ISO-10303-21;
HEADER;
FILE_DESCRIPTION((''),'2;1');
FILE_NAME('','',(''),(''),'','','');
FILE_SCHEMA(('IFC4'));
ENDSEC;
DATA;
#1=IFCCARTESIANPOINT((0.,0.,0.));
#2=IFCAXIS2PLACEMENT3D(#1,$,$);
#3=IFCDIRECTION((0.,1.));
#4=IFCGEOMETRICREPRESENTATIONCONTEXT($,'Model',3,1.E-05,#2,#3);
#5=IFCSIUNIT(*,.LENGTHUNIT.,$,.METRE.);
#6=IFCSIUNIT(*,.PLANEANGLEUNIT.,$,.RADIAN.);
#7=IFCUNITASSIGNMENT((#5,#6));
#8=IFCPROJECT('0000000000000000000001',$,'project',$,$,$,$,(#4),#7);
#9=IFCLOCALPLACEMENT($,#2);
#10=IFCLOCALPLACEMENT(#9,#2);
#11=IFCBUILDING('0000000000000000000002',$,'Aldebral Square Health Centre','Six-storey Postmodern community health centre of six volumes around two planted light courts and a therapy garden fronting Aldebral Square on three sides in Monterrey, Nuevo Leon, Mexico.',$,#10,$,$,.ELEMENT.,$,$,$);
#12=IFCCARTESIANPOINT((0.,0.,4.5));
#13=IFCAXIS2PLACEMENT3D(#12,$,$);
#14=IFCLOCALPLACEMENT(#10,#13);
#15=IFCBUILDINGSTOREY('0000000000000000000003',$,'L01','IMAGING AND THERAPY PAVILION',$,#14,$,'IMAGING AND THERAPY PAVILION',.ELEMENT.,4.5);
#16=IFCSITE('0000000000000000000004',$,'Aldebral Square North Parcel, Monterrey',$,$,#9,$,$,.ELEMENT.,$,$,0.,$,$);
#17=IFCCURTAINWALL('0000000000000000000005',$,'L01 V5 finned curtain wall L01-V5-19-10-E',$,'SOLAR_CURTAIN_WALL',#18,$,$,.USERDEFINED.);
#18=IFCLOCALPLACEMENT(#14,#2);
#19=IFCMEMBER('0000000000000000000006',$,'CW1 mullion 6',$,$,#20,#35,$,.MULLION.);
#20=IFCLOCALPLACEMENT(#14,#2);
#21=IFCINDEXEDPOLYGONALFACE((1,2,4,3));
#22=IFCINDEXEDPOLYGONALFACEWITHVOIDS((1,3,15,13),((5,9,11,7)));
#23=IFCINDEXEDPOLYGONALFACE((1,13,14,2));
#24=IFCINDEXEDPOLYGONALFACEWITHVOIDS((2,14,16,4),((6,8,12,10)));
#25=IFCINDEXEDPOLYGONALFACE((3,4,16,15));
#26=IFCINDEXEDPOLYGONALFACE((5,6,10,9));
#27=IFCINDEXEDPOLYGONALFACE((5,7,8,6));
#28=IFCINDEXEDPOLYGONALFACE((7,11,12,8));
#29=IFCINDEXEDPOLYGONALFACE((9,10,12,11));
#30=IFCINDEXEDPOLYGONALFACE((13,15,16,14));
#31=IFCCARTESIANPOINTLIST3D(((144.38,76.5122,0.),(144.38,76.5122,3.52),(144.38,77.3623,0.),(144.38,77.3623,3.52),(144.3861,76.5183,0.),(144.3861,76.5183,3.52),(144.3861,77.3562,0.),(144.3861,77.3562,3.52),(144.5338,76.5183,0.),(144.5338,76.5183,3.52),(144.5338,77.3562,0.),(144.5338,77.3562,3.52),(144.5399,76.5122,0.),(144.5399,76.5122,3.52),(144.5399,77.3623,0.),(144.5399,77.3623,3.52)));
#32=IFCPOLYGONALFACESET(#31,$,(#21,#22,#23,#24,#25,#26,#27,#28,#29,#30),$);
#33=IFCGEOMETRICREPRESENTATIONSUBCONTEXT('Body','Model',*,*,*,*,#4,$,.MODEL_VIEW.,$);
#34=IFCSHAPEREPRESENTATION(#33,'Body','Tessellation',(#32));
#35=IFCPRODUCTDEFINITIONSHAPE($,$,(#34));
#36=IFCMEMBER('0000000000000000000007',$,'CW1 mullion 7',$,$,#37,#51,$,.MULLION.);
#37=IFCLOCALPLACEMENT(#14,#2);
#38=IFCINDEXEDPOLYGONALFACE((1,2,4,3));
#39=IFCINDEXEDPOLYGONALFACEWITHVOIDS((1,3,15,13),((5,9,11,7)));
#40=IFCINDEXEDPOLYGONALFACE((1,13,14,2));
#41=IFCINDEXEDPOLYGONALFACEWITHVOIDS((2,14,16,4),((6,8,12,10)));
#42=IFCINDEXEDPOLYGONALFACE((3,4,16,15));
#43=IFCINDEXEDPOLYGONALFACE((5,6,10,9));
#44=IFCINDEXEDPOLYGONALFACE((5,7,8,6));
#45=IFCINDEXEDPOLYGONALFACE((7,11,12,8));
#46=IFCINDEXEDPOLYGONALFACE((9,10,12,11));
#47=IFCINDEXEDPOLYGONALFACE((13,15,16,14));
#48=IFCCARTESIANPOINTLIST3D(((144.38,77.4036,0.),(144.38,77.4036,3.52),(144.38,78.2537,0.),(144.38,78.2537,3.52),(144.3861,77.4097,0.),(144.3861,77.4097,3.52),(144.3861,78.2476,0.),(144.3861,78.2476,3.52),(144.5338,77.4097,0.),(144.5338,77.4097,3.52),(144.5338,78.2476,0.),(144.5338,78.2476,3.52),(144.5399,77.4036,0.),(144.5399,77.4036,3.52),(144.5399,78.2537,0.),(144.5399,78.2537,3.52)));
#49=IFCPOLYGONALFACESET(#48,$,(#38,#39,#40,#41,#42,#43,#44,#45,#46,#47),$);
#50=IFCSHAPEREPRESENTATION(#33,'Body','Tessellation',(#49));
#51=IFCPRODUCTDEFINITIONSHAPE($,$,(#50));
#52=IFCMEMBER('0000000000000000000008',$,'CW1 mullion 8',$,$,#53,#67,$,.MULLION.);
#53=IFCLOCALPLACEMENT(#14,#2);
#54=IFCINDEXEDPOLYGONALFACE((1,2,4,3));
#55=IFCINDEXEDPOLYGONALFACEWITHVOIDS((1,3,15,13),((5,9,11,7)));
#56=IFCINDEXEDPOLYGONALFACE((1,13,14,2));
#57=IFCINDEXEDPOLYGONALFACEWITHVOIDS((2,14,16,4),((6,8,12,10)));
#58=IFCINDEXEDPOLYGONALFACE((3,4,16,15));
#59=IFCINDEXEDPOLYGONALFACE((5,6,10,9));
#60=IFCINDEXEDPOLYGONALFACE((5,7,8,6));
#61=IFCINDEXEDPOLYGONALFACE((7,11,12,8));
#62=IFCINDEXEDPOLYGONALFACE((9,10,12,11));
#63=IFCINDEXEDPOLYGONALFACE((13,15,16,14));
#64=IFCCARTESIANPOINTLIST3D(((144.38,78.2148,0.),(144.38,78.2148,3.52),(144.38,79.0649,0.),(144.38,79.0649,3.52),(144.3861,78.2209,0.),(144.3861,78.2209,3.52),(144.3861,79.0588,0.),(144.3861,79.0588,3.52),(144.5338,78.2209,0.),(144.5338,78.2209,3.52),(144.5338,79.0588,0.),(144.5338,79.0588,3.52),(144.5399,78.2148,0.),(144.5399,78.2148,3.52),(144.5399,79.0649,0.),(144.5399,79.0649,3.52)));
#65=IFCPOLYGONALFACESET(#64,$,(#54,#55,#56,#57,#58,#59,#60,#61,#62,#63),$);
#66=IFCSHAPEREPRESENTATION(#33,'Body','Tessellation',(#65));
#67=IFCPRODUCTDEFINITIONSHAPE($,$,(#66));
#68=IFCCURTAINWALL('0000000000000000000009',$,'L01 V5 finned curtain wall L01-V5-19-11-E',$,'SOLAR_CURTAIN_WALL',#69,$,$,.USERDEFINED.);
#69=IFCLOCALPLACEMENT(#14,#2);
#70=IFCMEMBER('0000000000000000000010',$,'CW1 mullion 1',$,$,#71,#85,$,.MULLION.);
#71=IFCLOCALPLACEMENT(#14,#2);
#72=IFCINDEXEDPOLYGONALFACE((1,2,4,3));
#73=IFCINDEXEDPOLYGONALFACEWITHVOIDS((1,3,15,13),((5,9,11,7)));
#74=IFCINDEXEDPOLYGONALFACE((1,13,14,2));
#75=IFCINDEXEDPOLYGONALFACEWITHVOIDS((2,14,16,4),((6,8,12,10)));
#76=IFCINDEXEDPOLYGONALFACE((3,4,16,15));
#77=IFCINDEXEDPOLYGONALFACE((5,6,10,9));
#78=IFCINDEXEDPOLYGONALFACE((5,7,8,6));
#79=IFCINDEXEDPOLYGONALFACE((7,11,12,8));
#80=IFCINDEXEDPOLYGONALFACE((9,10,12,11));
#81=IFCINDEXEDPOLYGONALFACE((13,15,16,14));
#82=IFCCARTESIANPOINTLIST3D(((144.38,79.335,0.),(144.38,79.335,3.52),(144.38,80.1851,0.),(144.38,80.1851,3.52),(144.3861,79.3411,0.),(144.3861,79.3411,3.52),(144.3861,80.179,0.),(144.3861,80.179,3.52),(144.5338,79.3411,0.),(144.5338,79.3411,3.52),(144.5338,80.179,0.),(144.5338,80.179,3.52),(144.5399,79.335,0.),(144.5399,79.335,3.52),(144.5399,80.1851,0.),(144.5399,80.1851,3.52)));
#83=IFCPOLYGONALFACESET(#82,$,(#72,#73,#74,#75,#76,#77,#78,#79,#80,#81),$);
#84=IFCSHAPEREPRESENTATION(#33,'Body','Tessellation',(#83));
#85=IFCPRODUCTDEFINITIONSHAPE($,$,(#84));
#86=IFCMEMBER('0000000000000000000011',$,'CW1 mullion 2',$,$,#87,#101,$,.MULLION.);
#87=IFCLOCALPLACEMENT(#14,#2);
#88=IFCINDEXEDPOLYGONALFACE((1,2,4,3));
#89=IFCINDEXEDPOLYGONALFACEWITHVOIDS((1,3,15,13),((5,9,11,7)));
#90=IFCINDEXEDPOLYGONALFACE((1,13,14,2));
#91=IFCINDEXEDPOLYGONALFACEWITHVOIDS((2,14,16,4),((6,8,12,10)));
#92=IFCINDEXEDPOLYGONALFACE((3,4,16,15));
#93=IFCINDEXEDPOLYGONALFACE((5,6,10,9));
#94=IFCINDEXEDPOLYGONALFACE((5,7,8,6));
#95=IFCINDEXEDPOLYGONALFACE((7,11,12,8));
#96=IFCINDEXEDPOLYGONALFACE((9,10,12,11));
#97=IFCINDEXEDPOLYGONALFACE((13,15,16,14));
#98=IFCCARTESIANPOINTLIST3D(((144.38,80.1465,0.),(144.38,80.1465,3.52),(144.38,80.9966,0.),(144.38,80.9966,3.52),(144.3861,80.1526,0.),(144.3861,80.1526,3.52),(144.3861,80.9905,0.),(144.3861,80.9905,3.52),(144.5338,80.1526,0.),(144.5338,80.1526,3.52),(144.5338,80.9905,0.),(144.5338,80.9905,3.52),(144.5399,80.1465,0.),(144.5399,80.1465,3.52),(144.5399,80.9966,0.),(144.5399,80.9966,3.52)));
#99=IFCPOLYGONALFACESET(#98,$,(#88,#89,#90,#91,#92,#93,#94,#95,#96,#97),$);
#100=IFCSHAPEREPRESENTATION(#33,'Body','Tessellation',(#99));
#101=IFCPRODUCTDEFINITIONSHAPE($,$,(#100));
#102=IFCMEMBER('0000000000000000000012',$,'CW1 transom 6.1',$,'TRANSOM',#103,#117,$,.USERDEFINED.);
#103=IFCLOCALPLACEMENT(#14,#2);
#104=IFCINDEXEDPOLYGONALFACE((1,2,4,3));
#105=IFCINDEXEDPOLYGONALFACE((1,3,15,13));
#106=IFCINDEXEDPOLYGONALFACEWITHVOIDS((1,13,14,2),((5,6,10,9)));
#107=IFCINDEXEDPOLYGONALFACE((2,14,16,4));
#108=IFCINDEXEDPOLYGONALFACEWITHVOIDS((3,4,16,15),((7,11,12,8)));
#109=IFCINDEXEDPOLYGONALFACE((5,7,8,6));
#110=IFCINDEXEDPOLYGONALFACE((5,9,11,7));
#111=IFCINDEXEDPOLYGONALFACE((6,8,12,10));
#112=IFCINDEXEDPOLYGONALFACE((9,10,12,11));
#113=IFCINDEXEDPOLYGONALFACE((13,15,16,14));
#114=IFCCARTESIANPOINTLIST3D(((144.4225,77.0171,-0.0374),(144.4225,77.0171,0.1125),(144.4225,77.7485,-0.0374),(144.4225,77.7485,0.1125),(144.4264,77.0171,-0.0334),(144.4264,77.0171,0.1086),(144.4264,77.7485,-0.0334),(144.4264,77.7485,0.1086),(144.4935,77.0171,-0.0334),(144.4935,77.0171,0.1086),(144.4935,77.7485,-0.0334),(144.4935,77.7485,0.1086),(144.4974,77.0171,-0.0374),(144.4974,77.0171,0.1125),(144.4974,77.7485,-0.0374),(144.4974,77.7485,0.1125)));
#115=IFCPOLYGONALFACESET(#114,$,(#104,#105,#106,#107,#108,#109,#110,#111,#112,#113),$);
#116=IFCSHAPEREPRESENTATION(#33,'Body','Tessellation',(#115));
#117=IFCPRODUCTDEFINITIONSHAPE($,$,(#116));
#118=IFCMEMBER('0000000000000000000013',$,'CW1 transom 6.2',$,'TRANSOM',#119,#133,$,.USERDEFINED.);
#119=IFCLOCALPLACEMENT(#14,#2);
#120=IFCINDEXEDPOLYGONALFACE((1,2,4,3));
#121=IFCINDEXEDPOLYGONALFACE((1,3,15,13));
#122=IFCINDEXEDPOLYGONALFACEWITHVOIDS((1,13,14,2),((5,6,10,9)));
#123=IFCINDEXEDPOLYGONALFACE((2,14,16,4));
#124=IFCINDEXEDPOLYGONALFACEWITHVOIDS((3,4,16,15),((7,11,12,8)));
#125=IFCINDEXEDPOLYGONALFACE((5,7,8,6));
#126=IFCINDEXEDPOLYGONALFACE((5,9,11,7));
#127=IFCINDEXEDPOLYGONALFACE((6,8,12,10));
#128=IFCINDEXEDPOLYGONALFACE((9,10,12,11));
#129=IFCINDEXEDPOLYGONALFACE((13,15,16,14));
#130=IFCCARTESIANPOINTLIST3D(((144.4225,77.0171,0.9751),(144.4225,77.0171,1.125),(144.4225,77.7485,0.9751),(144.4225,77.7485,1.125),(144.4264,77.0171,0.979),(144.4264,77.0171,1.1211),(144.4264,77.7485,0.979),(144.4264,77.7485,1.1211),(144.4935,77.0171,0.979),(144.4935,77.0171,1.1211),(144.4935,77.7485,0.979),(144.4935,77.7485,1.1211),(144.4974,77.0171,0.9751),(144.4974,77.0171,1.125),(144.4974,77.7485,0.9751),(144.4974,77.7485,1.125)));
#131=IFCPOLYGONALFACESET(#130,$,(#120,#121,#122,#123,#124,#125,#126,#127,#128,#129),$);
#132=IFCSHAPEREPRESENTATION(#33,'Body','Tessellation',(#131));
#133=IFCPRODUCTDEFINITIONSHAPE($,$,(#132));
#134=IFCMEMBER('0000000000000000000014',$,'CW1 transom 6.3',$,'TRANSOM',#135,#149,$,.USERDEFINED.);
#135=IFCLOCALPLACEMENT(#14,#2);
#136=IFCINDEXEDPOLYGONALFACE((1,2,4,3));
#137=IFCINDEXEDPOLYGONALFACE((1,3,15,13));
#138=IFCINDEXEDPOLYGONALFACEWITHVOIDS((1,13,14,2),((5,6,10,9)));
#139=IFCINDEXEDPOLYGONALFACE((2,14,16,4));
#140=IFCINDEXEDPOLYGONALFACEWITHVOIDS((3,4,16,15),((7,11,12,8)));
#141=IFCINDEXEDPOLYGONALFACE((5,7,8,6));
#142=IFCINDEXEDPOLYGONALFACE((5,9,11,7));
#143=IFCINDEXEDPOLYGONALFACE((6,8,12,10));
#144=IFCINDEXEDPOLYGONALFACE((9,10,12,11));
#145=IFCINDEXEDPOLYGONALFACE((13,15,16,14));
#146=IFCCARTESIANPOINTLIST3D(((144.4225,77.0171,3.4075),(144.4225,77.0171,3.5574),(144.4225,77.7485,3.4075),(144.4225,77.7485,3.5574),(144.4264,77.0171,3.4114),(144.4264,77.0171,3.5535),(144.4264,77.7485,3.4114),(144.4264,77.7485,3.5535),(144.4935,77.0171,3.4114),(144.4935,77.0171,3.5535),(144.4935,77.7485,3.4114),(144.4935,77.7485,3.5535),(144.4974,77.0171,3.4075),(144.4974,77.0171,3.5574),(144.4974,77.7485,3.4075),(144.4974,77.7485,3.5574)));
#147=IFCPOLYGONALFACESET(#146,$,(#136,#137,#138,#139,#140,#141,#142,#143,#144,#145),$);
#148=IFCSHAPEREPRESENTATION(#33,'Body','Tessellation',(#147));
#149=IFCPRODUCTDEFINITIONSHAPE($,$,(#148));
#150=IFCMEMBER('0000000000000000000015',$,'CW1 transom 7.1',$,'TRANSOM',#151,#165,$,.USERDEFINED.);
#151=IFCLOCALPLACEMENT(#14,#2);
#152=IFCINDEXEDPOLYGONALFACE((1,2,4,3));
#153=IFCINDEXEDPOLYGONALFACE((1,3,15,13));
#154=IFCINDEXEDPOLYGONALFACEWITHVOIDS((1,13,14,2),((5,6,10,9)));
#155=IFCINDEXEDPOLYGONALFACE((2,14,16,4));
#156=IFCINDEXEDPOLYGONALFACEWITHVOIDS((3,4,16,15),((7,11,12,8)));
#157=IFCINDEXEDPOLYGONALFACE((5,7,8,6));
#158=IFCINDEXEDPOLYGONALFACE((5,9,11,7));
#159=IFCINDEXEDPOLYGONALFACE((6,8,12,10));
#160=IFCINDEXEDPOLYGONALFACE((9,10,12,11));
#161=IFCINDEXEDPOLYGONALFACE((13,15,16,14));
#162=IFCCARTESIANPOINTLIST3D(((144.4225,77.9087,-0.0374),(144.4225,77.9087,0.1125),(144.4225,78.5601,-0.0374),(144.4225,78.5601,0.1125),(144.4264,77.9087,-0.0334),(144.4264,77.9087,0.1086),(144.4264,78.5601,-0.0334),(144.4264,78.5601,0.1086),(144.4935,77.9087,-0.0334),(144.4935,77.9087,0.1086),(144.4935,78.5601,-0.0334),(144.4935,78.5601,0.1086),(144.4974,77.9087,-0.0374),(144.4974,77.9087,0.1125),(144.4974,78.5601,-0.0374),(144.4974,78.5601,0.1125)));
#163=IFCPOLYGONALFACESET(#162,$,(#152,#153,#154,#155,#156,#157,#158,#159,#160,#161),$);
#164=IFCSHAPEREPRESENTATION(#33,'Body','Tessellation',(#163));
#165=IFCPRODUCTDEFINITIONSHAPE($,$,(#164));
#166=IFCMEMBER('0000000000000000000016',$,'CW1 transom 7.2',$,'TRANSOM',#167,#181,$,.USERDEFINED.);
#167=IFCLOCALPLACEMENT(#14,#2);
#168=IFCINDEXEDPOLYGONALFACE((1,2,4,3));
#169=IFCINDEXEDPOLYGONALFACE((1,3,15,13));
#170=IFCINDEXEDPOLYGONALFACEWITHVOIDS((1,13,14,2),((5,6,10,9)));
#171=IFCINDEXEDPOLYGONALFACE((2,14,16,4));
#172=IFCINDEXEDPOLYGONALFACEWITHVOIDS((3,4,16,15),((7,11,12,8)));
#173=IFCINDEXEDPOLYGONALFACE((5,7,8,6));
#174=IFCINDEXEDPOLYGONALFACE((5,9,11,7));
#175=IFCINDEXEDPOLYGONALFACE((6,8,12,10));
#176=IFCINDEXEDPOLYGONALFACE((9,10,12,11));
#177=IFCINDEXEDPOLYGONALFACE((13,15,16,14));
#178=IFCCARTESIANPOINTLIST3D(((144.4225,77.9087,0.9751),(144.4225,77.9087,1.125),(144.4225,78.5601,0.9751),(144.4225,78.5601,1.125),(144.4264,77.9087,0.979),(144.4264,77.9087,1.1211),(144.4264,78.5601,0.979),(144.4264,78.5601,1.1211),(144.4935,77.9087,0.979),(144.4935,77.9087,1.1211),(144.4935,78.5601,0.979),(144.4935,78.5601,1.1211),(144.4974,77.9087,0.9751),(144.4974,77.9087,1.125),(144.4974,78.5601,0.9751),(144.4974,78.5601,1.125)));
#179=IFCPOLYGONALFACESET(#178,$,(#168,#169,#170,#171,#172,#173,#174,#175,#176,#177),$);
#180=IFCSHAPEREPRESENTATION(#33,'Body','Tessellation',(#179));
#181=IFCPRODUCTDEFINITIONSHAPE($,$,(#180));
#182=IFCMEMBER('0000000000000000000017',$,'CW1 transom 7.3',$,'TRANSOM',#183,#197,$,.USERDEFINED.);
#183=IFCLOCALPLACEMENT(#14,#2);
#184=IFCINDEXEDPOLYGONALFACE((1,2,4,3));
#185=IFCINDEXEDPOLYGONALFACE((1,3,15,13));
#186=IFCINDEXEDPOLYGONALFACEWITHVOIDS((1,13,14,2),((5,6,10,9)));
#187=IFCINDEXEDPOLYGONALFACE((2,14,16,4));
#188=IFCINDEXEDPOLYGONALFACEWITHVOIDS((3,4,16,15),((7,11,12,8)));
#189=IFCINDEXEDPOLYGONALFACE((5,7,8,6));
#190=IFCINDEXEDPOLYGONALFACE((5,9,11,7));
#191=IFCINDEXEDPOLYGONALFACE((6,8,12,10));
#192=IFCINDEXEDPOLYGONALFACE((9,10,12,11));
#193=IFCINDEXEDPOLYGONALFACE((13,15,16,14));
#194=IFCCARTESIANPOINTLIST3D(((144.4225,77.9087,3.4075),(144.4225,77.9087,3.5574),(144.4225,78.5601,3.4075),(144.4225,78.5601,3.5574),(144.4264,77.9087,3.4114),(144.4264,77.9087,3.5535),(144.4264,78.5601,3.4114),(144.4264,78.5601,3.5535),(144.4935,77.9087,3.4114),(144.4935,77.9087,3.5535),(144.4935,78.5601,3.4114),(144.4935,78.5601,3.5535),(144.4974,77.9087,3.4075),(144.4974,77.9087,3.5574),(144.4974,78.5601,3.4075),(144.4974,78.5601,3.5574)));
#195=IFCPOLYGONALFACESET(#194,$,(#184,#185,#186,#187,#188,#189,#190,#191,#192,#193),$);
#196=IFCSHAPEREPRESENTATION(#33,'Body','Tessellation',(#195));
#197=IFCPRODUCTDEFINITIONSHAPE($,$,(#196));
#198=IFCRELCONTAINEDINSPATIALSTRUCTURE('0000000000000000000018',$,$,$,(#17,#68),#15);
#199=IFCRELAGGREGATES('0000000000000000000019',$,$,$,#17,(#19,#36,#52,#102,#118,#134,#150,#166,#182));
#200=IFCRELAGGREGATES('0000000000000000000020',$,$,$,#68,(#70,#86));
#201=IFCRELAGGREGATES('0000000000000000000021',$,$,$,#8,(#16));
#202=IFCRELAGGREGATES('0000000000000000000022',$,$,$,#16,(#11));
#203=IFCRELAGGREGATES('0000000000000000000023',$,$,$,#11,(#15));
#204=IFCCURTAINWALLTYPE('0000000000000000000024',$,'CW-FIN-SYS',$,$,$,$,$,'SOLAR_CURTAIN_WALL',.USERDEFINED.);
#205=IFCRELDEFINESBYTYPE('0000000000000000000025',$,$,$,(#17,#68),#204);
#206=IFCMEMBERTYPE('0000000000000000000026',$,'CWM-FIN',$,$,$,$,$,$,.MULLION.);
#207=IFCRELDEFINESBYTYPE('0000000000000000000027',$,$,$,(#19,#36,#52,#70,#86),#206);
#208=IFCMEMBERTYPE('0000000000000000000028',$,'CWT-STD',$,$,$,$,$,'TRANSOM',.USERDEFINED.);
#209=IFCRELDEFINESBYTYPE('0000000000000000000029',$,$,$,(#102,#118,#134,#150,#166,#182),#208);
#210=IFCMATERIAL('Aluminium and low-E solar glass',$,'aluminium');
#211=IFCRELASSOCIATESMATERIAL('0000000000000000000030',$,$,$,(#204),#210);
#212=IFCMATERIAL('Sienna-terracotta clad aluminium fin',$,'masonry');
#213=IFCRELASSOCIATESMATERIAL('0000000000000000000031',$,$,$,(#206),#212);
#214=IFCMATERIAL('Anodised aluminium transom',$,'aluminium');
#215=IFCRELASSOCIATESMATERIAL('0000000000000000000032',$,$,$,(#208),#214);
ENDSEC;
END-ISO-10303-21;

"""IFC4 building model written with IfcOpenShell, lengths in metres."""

from ifc_helpers import new_model, si_unit, direction, frame, origin, origin_2d, place, context, subcontext, project, spatial, hollow_rectangle, extrude, material, material_profile, profile_set, type_object, element, aggregate, save


model = new_model("IFC4")

# Units and contexts
model_context = context("Model", 3, precision=1e-05, world=origin(), true_north=direction((0.0, 1.0)))
body_context = subcontext(model_context, "Body", "Model", "MODEL_VIEW")
ifc_project = project(units=[si_unit("LENGTHUNIT", "METRE"), si_unit("PLANEANGLEUNIT", "RADIAN")], contexts=[model_context])

# Site, building, storey
site_placement = place(None, origin())
site = spatial("IfcSite", under=ifc_project, at=site_placement, Name="Aldebral Square North Parcel, Monterrey", CompositionType="ELEMENT", RefElevation=0.0)
building_placement = place(site_placement, origin())
building = spatial("IfcBuilding", under=site, at=building_placement, Name="Aldebral Square Health Centre", Description="Six-storey Postmodern community health centre of six volumes around two planted light courts and a therapy garden fronting Aldebral Square on three sides in Monterrey, Nuevo Leon, Mexico.", CompositionType="ELEMENT")
storey_placement = place(building_placement, frame((0.0, 0.0, 4.5)))
storey = spatial("IfcBuildingStorey", under=building, at=storey_placement, Name="L01", Description="IMAGING AND THERAPY PAVILION", LongName="IMAGING AND THERAPY PAVILION", CompositionType="ELEMENT", Elevation=4.5)

# Curtain walls, members
ifc_material_1 = material(Name="Aluminium and low-E solar glass", Category="aluminium")
curtain_wall_type = type_object("IfcCurtainWallType", Name="CW-FIN-SYS", ElementType="SOLAR_CURTAIN_WALL", PredefinedType="USERDEFINED", material=ifc_material_1)
curtain_wall_1_placement = place(storey_placement, origin())
curtain_wall_1 = element("IfcCurtainWall", 1, at=curtain_wall_1_placement, inside=storey, type_object=curtain_wall_type, Name="L01 V5 finned curtain wall L01-V5-19-10-E", ObjectType="SOLAR_CURTAIN_WALL", PredefinedType="USERDEFINED")
ifc_material_2 = material(Name="Sienna-terracotta clad aluminium fin", Category="masonry")
ifc_material_profile_1 = material_profile(ifc_material_2, hollow_rectangle(XDim=0.1599, YDim=0.8501, WallThickness=0.0061, at=origin_2d()), Name="FIN 160x850x6")
ifc_profile_set_1 = profile_set([ifc_material_profile_1], Name="Sienna-terracotta clad aluminium fin")
member_type_1 = type_object("IfcMemberType", Name="CWM-FIN", PredefinedType="MULLION", material=ifc_profile_set_1)
member_1_placement = place(storey_placement, frame((144.46, 76.9373, 0.0), z_axis=(0.0, 0.0, 1.0), x_axis=(-1.0, 0.0, 0.0)))
member_1 = element("IfcMember", 2, at=member_1_placement, type_object=member_type_1, Name="CW1 mullion 6", PredefinedType="MULLION", context=body_context, shape_type="SweptSolid", body=[
    extrude(hollow_rectangle(XDim=0.1599, YDim=0.8501, WallThickness=0.0061, at=origin_2d()), origin(), (0.0, 0.0, 1.0), 3.52),
])
member_2_placement = place(storey_placement, frame((144.46, 77.8286, 0.0), z_axis=(0.0, 0.0, 1.0), x_axis=(-1.0, 0.0, 0.0)))
member_2 = element("IfcMember", 3, at=member_2_placement, type_object=member_type_1, Name="CW1 mullion 7", PredefinedType="MULLION", context=body_context, shape_type="SweptSolid", body=[
    extrude(hollow_rectangle(XDim=0.1599, YDim=0.8501, WallThickness=0.0061, at=origin_2d()), origin(), (0.0, 0.0, 1.0), 3.52),
])
member_3_placement = place(storey_placement, frame((144.46, 78.6399, 0.0), z_axis=(0.0, 0.0, 1.0), x_axis=(-1.0, 0.0, 0.0)))
member_3 = element("IfcMember", 4, at=member_3_placement, type_object=member_type_1, Name="CW1 mullion 8", PredefinedType="MULLION", context=body_context, shape_type="SweptSolid", body=[
    extrude(hollow_rectangle(XDim=0.1599, YDim=0.8501, WallThickness=0.0061, at=origin_2d()), origin(), (0.0, 0.0, 1.0), 3.52),
])
curtain_wall_2_placement = place(storey_placement, origin())
curtain_wall_2 = element("IfcCurtainWall", 5, at=curtain_wall_2_placement, inside=storey, type_object=curtain_wall_type, Name="L01 V5 finned curtain wall L01-V5-19-11-E", ObjectType="SOLAR_CURTAIN_WALL", PredefinedType="USERDEFINED")
member_4_placement = place(storey_placement, frame((144.46, 79.76, 0.0), z_axis=(0.0, 0.0, 1.0), x_axis=(-1.0, 0.0, 0.0)))
member_4 = element("IfcMember", 6, at=member_4_placement, type_object=member_type_1, Name="CW1 mullion 1", PredefinedType="MULLION", context=body_context, shape_type="SweptSolid", body=[
    extrude(hollow_rectangle(XDim=0.1599, YDim=0.8501, WallThickness=0.0061, at=origin_2d()), origin(), (0.0, 0.0, 1.0), 3.52),
])
member_5_placement = place(storey_placement, frame((144.46, 80.5715, 0.0), z_axis=(0.0, 0.0, 1.0), x_axis=(-1.0, 0.0, 0.0)))
member_5 = element("IfcMember", 7, at=member_5_placement, type_object=member_type_1, Name="CW1 mullion 2", PredefinedType="MULLION", context=body_context, shape_type="SweptSolid", body=[
    extrude(hollow_rectangle(XDim=0.1599, YDim=0.8501, WallThickness=0.0061, at=origin_2d()), origin(), (0.0, 0.0, 1.0), 3.52),
])

# Members
ifc_material_3 = material(Name="Anodised aluminium transom", Category="aluminium")
ifc_material_profile_2 = material_profile(ifc_material_3, hollow_rectangle(XDim=0.075, YDim=0.1499, WallThickness=0.0039, at=origin_2d()), Name="CWT 75x150x4")
ifc_profile_set_2 = profile_set([ifc_material_profile_2], Name="Anodised aluminium transom")
member_type_2 = type_object("IfcMemberType", Name="CWT-STD", ElementType="TRANSOM", PredefinedType="USERDEFINED", material=ifc_profile_set_2)
member_6_placement = place(storey_placement, frame((144.46, 77.0171, 0.0376), z_axis=(0.0, 1.0, 0.0), x_axis=(-1.0, 0.0, 0.0)))
member_6 = element("IfcMember", 8, at=member_6_placement, type_object=member_type_2, Name="CW1 transom 6.1", ObjectType="TRANSOM", PredefinedType="USERDEFINED", context=body_context, shape_type="SweptSolid", body=[
    extrude(hollow_rectangle(XDim=0.075, YDim=0.1499, WallThickness=0.0039, at=origin_2d()), origin(), (0.0, 0.0, 1.0), 0.7314),
])
member_7_placement = place(storey_placement, frame((144.46, 77.0171, 1.05), z_axis=(0.0, 1.0, 0.0), x_axis=(-1.0, 0.0, 0.0)))
member_7 = element("IfcMember", 9, at=member_7_placement, type_object=member_type_2, Name="CW1 transom 6.2", ObjectType="TRANSOM", PredefinedType="USERDEFINED", context=body_context, shape_type="SweptSolid", body=[
    extrude(hollow_rectangle(XDim=0.075, YDim=0.1499, WallThickness=0.0039, at=origin_2d()), origin(), (0.0, 0.0, 1.0), 0.7314),
])
member_8_placement = place(storey_placement, frame((144.46, 77.0171, 3.4824), z_axis=(0.0, 1.0, 0.0), x_axis=(-1.0, 0.0, 0.0)))
member_8 = element("IfcMember", 10, at=member_8_placement, type_object=member_type_2, Name="CW1 transom 6.3", ObjectType="TRANSOM", PredefinedType="USERDEFINED", context=body_context, shape_type="SweptSolid", body=[
    extrude(hollow_rectangle(XDim=0.075, YDim=0.1499, WallThickness=0.0039, at=origin_2d()), origin(), (0.0, 0.0, 1.0), 0.7314),
])
member_9_placement = place(storey_placement, frame((144.46, 77.9087, 0.0376), z_axis=(0.0, 1.0, 0.0), x_axis=(-1.0, 0.0, 0.0)))
member_9 = element("IfcMember", 11, at=member_9_placement, type_object=member_type_2, Name="CW1 transom 7.1", ObjectType="TRANSOM", PredefinedType="USERDEFINED", context=body_context, shape_type="SweptSolid", body=[
    extrude(hollow_rectangle(XDim=0.075, YDim=0.1499, WallThickness=0.0039, at=origin_2d()), origin(), (0.0, 0.0, 1.0), 0.6514),
])
member_10_placement = place(storey_placement, frame((144.46, 77.9087, 1.05), z_axis=(0.0, 1.0, 0.0), x_axis=(-1.0, 0.0, 0.0)))
member_10 = element("IfcMember", 12, at=member_10_placement, type_object=member_type_2, Name="CW1 transom 7.2", ObjectType="TRANSOM", PredefinedType="USERDEFINED", context=body_context, shape_type="SweptSolid", body=[
    extrude(hollow_rectangle(XDim=0.075, YDim=0.1499, WallThickness=0.0039, at=origin_2d()), origin(), (0.0, 0.0, 1.0), 0.6514),
])
member_11_placement = place(storey_placement, frame((144.46, 77.9087, 3.4824), z_axis=(0.0, 1.0, 0.0), x_axis=(-1.0, 0.0, 0.0)))
member_11 = element("IfcMember", 13, at=member_11_placement, type_object=member_type_2, Name="CW1 transom 7.3", ObjectType="TRANSOM", PredefinedType="USERDEFINED", context=body_context, shape_type="SweptSolid", body=[
    extrude(hollow_rectangle(XDim=0.075, YDim=0.1499, WallThickness=0.0039, at=origin_2d()), origin(), (0.0, 0.0, 1.0), 0.6514),
])

aggregate(curtain_wall_1, [member_1, member_2, member_3, member_6, member_7, member_8, member_9, member_10, member_11])
aggregate(curtain_wall_2, [member_4, member_5])

save(model, "model.ifc")
